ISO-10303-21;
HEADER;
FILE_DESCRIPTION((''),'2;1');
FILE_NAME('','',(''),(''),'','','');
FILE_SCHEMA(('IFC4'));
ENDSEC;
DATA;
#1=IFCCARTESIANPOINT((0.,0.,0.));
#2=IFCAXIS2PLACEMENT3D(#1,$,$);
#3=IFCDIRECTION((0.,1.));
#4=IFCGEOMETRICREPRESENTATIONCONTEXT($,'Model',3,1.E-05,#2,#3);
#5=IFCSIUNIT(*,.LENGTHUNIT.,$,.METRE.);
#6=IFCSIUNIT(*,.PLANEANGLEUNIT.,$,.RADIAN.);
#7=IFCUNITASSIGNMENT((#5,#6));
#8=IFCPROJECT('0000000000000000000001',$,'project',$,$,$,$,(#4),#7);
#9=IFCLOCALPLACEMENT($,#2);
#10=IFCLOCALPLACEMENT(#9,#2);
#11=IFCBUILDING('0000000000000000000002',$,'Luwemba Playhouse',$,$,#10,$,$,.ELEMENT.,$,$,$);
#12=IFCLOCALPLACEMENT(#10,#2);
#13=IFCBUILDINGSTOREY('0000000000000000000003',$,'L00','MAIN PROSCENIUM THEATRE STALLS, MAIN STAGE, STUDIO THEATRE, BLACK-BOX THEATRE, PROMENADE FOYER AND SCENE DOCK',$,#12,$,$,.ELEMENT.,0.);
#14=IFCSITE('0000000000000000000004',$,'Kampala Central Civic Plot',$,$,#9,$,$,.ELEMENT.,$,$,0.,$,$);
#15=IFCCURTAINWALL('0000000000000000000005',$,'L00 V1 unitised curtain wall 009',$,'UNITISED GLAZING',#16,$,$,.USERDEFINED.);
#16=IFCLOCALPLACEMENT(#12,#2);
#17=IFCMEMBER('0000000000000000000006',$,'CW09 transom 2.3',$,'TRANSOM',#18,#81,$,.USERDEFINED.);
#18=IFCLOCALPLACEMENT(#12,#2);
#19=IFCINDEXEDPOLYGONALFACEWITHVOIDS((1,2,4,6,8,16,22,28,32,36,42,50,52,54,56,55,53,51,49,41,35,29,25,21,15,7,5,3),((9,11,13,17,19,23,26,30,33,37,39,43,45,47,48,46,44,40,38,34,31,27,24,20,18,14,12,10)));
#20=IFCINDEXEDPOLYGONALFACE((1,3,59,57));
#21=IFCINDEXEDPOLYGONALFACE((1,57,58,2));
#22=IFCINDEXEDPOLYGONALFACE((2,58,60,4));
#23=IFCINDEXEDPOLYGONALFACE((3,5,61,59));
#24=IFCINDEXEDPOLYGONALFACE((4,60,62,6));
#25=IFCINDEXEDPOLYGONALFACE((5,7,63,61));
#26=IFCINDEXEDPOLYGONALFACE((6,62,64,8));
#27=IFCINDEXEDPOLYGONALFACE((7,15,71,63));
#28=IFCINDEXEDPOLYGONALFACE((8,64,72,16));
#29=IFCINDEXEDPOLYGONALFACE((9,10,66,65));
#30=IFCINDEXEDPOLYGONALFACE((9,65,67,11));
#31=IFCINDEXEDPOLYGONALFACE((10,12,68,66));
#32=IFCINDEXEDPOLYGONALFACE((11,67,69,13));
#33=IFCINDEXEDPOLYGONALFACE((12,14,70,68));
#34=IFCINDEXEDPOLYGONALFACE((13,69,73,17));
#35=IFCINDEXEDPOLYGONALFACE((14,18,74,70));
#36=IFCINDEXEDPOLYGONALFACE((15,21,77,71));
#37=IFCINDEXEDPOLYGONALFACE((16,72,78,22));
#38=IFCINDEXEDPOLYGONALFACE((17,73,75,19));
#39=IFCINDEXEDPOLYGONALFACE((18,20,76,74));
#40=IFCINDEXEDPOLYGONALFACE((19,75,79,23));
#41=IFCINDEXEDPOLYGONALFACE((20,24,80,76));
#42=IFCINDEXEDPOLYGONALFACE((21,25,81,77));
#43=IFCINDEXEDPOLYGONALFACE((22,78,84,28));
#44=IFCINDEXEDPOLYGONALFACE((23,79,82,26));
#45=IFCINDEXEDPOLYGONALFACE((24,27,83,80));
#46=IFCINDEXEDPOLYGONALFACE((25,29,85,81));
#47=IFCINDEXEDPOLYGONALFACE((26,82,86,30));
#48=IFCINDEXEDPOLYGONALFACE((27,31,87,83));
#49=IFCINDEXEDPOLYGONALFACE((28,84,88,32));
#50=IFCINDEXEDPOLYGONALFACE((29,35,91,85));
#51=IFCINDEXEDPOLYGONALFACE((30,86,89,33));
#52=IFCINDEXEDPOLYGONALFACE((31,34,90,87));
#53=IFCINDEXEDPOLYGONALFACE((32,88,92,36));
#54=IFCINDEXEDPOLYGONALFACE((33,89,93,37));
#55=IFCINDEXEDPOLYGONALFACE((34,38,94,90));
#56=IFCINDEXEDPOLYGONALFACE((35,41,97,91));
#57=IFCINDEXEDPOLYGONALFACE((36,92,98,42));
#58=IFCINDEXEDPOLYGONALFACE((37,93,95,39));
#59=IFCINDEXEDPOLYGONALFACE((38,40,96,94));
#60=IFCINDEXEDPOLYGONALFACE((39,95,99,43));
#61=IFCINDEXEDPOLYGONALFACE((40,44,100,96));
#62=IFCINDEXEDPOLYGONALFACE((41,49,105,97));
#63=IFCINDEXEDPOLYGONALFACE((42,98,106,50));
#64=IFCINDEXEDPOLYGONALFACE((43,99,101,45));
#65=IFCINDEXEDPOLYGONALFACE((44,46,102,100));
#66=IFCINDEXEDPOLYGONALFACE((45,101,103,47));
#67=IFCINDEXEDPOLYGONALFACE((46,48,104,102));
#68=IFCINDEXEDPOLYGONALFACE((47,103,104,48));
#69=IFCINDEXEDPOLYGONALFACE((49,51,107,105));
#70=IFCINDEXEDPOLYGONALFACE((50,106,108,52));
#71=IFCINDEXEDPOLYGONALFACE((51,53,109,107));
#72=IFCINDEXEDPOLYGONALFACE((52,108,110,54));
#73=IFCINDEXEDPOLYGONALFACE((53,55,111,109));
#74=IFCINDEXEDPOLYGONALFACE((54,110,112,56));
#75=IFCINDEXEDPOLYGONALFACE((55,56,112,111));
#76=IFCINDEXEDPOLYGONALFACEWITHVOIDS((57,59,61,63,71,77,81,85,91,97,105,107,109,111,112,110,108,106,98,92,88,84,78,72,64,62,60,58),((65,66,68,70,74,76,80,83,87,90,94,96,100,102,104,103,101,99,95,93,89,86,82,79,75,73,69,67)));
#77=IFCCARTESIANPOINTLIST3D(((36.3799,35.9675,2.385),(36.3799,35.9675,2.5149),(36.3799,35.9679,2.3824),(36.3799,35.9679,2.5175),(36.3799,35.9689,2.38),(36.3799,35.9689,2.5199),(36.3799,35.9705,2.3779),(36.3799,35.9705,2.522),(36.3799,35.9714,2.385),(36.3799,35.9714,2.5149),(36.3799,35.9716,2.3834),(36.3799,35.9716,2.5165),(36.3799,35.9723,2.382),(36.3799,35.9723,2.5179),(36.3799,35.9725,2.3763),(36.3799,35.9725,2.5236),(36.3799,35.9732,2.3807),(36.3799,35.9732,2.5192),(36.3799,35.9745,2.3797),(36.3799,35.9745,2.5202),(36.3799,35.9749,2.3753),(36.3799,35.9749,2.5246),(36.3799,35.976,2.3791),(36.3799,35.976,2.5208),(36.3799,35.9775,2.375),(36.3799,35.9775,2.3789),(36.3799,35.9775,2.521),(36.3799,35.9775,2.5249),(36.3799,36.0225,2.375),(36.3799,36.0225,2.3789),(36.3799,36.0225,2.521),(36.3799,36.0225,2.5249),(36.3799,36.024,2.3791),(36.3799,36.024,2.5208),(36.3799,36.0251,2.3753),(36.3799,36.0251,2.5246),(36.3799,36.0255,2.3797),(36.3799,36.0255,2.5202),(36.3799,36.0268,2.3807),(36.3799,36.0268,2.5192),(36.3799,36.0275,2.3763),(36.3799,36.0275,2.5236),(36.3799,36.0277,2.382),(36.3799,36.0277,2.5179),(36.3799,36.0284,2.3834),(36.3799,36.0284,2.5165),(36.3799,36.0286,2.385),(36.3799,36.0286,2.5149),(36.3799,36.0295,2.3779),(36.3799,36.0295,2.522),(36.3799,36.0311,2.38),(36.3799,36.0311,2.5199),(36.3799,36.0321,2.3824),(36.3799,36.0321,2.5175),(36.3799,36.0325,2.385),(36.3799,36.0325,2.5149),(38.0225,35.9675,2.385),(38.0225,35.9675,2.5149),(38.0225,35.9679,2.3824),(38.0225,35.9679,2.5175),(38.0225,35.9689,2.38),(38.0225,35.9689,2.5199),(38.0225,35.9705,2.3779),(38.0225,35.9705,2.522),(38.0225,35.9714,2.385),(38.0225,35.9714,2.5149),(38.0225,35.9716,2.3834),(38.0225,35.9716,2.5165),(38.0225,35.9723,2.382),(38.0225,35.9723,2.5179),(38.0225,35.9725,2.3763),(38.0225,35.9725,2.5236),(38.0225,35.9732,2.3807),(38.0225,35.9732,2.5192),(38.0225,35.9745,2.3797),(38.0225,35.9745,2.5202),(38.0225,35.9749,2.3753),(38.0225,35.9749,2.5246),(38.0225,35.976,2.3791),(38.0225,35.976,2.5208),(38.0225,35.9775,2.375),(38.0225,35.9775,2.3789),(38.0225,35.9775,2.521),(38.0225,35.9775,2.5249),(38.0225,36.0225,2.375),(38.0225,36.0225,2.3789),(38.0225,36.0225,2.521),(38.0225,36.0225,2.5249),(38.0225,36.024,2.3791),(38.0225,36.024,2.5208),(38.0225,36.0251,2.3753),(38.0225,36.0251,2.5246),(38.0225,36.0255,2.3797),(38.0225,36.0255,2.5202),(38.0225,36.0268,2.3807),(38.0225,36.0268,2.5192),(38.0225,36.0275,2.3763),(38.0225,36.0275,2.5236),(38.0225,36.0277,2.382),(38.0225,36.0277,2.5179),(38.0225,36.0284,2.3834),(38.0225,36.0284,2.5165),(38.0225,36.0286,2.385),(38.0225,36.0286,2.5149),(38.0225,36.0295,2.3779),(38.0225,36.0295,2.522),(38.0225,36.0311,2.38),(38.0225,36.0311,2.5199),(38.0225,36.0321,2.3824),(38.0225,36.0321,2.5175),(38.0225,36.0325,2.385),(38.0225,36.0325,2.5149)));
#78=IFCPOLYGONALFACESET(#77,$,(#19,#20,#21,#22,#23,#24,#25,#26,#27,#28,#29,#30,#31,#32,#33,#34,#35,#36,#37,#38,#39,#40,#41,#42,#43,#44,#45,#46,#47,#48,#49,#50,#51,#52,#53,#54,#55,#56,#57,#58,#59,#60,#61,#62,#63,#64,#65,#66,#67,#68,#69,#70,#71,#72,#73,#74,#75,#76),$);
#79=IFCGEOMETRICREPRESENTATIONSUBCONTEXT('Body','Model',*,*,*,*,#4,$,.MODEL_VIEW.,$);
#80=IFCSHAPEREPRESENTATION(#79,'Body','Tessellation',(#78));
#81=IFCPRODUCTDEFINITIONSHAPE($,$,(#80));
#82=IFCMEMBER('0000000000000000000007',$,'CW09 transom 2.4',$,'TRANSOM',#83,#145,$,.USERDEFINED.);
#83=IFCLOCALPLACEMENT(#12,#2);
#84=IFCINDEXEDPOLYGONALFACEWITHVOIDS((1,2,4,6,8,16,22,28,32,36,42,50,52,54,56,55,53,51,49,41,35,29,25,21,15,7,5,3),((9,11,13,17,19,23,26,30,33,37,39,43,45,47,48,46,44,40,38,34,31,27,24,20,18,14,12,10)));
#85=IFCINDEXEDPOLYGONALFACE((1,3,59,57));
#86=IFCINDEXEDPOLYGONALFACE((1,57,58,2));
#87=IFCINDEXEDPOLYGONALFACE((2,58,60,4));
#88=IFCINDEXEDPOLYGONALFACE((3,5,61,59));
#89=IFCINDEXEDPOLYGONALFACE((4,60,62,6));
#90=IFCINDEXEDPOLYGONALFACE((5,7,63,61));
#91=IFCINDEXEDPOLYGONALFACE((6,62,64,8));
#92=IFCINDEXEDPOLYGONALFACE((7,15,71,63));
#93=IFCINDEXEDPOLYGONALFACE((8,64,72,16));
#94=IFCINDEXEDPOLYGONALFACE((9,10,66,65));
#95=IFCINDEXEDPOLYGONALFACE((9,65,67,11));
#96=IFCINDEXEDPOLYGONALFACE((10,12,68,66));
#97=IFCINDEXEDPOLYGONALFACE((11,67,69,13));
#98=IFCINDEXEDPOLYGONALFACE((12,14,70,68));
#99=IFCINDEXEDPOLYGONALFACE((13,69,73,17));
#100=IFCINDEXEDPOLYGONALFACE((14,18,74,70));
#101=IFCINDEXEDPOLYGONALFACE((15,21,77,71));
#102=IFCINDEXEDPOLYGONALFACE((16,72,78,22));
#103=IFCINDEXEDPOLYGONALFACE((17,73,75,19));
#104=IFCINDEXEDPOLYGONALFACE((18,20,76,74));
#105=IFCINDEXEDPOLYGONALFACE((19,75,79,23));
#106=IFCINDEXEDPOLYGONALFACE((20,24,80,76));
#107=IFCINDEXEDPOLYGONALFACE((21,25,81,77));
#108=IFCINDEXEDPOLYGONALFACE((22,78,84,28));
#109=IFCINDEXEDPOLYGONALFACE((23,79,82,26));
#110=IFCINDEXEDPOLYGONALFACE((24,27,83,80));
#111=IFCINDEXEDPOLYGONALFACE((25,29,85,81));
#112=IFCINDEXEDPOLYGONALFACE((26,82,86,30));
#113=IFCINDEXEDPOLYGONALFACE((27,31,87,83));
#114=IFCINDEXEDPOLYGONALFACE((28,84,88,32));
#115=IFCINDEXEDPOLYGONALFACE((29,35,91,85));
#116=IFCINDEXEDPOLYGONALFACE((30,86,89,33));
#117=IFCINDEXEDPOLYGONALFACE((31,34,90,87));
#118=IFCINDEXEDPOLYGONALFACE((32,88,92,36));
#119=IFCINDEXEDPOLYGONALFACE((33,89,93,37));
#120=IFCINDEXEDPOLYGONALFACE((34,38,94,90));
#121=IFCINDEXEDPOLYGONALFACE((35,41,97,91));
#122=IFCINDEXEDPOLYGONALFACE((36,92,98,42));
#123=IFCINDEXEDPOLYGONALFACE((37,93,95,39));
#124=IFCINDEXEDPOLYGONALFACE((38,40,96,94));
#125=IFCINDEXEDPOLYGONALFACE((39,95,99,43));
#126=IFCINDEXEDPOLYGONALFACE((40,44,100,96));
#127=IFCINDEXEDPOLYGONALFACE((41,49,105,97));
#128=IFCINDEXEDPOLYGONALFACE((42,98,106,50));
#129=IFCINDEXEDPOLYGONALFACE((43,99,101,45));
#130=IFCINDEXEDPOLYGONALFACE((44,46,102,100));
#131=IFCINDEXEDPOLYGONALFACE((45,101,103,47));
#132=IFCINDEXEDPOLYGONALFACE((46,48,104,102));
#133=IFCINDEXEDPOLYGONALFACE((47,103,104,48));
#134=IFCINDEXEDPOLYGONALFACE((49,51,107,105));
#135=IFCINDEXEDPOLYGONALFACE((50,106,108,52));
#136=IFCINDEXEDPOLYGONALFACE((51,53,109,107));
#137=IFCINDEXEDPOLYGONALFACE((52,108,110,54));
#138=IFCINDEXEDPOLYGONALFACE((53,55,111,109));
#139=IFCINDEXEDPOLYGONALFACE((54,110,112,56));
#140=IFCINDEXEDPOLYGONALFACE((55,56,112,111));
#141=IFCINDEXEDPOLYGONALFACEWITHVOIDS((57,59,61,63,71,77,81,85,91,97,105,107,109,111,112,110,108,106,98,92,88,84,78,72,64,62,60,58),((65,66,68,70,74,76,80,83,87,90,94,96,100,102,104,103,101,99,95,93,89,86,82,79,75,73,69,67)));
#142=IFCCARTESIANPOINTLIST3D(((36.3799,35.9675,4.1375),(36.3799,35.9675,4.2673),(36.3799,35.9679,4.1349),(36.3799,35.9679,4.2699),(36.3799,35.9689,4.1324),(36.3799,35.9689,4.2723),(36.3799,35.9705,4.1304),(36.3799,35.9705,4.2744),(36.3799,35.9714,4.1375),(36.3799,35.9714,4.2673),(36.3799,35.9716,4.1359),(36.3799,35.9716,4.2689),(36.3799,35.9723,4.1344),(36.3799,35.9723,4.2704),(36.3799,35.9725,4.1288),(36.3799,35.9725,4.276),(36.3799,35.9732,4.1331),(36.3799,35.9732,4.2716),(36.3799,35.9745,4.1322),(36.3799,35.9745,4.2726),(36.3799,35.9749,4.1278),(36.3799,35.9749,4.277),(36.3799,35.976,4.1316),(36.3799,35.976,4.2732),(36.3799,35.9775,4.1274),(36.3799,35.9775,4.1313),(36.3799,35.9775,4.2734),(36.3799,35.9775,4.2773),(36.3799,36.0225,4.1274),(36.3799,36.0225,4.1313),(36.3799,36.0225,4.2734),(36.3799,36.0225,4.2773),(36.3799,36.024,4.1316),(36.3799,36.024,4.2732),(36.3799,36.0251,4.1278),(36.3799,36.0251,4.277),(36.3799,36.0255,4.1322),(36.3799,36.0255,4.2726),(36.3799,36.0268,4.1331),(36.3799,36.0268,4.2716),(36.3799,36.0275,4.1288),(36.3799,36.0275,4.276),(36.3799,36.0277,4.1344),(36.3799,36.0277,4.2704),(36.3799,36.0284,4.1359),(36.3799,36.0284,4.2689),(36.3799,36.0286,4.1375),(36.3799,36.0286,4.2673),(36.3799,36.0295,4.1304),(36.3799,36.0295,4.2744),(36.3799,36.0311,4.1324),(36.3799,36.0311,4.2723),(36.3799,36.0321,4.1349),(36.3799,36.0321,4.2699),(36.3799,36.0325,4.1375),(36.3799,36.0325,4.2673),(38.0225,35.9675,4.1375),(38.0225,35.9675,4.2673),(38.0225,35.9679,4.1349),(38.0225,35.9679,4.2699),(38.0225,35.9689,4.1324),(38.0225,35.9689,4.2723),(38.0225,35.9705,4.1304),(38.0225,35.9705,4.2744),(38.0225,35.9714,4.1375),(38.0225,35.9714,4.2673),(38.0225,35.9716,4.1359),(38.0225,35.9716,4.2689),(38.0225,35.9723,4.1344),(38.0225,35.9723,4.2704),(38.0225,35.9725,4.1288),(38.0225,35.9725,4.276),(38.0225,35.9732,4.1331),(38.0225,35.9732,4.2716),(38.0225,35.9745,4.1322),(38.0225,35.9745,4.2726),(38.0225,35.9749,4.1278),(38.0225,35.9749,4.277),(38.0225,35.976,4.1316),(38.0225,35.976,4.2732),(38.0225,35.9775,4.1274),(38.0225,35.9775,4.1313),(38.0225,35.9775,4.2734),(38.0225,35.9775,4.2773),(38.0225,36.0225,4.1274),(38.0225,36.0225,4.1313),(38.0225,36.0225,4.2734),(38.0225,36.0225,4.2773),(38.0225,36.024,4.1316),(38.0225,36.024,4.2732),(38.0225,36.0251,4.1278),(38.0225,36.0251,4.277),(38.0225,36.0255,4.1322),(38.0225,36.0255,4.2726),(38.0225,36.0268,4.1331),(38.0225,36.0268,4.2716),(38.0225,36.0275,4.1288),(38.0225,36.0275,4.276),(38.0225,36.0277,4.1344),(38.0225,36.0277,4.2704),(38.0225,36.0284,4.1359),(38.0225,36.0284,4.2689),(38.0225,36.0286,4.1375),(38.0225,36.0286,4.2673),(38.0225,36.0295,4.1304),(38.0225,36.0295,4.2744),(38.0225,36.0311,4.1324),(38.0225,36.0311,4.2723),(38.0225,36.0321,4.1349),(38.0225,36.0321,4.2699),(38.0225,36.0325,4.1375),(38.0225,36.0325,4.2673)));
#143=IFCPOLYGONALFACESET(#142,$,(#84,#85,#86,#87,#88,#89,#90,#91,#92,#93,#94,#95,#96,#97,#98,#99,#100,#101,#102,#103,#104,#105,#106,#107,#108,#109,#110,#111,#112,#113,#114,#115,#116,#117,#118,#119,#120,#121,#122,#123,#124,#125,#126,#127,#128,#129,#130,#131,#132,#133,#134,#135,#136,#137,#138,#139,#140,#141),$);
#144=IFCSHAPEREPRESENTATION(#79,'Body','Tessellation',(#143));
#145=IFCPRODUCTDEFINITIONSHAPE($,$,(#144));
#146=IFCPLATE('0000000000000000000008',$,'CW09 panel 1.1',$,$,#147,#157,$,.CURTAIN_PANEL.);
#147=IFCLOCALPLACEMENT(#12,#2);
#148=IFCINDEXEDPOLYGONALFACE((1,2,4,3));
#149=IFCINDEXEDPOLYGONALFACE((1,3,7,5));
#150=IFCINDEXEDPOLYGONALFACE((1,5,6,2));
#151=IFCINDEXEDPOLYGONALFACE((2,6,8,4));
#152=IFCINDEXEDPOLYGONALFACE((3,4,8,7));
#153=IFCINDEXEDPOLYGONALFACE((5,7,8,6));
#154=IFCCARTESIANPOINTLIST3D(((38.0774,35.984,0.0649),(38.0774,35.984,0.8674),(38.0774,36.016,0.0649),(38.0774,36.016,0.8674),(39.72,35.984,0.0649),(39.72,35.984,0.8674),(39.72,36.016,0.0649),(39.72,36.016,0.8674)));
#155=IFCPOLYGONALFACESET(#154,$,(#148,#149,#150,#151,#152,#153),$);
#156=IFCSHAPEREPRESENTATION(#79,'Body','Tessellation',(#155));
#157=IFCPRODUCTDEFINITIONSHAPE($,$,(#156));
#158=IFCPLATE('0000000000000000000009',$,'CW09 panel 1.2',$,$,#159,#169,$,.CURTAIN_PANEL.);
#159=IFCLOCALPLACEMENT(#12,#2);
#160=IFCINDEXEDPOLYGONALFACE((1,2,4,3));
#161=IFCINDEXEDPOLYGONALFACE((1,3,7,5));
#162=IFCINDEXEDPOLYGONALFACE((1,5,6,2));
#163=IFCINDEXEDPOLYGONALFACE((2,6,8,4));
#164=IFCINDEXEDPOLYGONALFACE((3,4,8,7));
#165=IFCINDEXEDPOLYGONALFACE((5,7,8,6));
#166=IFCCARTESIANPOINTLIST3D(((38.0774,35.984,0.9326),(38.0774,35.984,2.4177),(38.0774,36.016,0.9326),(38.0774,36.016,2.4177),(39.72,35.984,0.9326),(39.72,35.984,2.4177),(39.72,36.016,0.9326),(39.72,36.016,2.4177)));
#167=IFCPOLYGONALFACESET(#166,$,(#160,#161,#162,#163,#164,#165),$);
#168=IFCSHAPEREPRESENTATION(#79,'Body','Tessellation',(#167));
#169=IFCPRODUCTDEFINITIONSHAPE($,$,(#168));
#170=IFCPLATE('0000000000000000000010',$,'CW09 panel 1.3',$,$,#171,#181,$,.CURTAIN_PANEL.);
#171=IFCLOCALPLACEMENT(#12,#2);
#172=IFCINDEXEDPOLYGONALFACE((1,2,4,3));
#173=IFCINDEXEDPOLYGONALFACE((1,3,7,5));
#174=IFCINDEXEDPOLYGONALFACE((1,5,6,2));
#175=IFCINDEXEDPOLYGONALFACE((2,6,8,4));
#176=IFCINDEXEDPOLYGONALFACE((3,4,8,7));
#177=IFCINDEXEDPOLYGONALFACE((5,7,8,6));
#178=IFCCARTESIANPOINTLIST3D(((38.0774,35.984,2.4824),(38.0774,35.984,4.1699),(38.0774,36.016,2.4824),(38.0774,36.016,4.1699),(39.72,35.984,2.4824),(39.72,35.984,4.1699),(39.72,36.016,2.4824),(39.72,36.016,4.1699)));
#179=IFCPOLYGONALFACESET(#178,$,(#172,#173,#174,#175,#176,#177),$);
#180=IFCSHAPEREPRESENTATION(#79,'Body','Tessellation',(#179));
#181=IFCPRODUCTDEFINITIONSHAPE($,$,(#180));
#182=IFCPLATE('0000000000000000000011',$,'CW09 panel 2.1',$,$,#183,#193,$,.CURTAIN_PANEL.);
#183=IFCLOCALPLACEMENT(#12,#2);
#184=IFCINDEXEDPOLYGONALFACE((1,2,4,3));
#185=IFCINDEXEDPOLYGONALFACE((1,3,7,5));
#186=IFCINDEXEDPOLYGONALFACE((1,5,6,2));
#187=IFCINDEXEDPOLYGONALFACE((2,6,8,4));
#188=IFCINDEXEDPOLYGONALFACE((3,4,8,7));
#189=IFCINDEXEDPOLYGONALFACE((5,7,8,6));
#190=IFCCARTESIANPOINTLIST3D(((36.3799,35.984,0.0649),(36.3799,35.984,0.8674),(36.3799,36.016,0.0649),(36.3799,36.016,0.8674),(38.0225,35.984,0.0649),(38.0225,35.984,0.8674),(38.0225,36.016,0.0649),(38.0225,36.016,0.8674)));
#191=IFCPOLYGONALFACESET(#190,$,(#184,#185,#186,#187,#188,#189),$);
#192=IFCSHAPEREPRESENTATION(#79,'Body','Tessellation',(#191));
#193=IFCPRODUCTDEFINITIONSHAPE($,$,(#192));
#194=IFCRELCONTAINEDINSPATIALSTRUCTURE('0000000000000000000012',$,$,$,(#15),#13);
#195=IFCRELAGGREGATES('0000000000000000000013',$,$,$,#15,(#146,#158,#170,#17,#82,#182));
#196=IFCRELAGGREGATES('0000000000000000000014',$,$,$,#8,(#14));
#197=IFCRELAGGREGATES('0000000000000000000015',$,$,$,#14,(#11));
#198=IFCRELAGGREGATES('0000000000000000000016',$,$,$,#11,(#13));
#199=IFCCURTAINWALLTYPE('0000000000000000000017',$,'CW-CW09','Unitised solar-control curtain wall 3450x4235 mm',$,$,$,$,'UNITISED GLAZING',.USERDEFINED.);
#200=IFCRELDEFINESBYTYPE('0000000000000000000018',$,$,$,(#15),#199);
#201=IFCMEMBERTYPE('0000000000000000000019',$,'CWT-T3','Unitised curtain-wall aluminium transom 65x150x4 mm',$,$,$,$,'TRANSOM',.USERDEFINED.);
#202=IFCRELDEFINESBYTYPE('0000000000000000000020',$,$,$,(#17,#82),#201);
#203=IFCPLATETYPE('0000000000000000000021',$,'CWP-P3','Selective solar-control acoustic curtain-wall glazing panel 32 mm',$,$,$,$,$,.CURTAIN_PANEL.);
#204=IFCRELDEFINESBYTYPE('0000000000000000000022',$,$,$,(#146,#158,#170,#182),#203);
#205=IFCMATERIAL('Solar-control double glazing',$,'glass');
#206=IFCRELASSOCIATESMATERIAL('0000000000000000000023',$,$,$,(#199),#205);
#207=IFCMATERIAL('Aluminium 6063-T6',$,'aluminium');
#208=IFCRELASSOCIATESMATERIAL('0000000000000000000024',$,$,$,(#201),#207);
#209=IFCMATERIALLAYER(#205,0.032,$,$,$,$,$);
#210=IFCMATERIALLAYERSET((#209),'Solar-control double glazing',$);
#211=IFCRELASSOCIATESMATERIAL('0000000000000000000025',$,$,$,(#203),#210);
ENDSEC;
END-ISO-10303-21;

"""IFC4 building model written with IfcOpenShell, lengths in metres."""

from ifc_helpers import new_model, si_unit, direction, frame, origin, origin_2d, place, context, subcontext, project, spatial, rectangle, hollow_rectangle, extrude, material, layer, layer_set, material_profile, profile_set, type_object, element, aggregate, save


model = new_model("IFC4")

# Units and contexts
model_context = context("Model", 3, precision=1e-05, world=origin(), true_north=direction((0.0, 1.0)))
body_context = subcontext(model_context, "Body", "Model", "MODEL_VIEW")
ifc_project = project(units=[si_unit("LENGTHUNIT", "METRE"), si_unit("PLANEANGLEUNIT", "RADIAN")], contexts=[model_context])

# Site, building, storey
site_placement = place(None, origin())
site = spatial("IfcSite", under=ifc_project, at=site_placement, Name="Kampala Central Civic Plot", CompositionType="ELEMENT", RefElevation=0.0)
building_placement = place(site_placement, origin())
building = spatial("IfcBuilding", under=site, at=building_placement, Name="Luwemba Playhouse", CompositionType="ELEMENT")
storey_placement = place(building_placement, origin())
storey = spatial("IfcBuildingStorey", under=building, at=storey_placement, Name="L00", Description="MAIN PROSCENIUM THEATRE STALLS, MAIN STAGE, STUDIO THEATRE, BLACK-BOX THEATRE, PROMENADE FOYER AND SCENE DOCK", CompositionType="ELEMENT", Elevation=0.0)

# Curtain wall, members, plates
ifc_material_1 = material(Name="Solar-control double glazing", Category="glass")
curtain_wall_type = type_object("IfcCurtainWallType", Name="CW-CW09", Description="Unitised solar-control curtain wall 3450x4235 mm", ElementType="UNITISED GLAZING", PredefinedType="USERDEFINED", material=ifc_material_1)
curtain_wall_placement = place(storey_placement, origin())
curtain_wall = element("IfcCurtainWall", 1, at=curtain_wall_placement, inside=storey, type_object=curtain_wall_type, Name="L00 V1 unitised curtain wall 009", ObjectType="UNITISED GLAZING", PredefinedType="USERDEFINED")
ifc_material_2 = material(Name="Aluminium 6063-T6", Category="aluminium")
ifc_material_profile_1 = material_profile(ifc_material_2, hollow_rectangle(XDim=0.0649, YDim=0.1499, WallThickness=0.0039, InnerFilletRadius=0.0061, OuterFilletRadius=0.01, at=origin_2d()))
ifc_profile_set_1 = profile_set([ifc_material_profile_1], Name="Aluminium 6063-T6")
member_type_1 = type_object("IfcMemberType", Name="CWT-T3", Description="Unitised curtain-wall aluminium transom 65x150x4 mm", ElementType="TRANSOM", PredefinedType="USERDEFINED", material=ifc_profile_set_1)
member_1_placement = place(storey_placement, frame((38.0225, 36.0, 2.45), z_axis=(-1.0, 0.0, 0.0), x_axis=(0.0, -1.0, 0.0)))
member_1 = element("IfcMember", 2, at=member_1_placement, type_object=member_type_1, Name="CW09 transom 2.3", ObjectType="TRANSOM", PredefinedType="USERDEFINED", context=body_context, shape_type="SweptSolid", body=[
    extrude(hollow_rectangle(XDim=0.0649, YDim=0.1499, WallThickness=0.0039, InnerFilletRadius=0.0061, OuterFilletRadius=0.01, at=origin_2d()), origin(), (0.0, 0.0, 1.0), 1.6426),
])
member_2_placement = place(storey_placement, frame((38.0225, 36.0, 4.2024), z_axis=(-1.0, 0.0, 0.0), x_axis=(0.0, -1.0, 0.0)))
member_2 = element("IfcMember", 3, at=member_2_placement, type_object=member_type_1, Name="CW09 transom 2.4", ObjectType="TRANSOM", PredefinedType="USERDEFINED", context=body_context, shape_type="SweptSolid", body=[
    extrude(hollow_rectangle(XDim=0.0649, YDim=0.1499, WallThickness=0.0039, InnerFilletRadius=0.0061, OuterFilletRadius=0.01, at=origin_2d()), origin(), (0.0, 0.0, 1.0), 1.6426),
])
ifc_layer_1 = layer(ifc_material_1, 0.032)
ifc_layer_set_1 = layer_set([ifc_layer_1], Name="Solar-control double glazing")
plate_type = type_object("IfcPlateType", Name="CWP-P3", Description="Selective solar-control acoustic curtain-wall glazing panel 32 mm", PredefinedType="CURTAIN_PANEL", material=ifc_layer_set_1)
plate_1_placement = place(storey_placement, frame((38.8987, 36.0, 0.0649), z_axis=(0.0, 0.0, 1.0), x_axis=(-1.0, 0.0, 0.0)))
plate_1 = element("IfcPlate", 4, at=plate_1_placement, type_object=plate_type, Name="CW09 panel 1.1", PredefinedType="CURTAIN_PANEL", context=body_context, shape_type="SweptSolid", body=[
    extrude(rectangle(XDim=1.6426, YDim=0.032, at=origin_2d()), origin(), (0.0, 0.0, 1.0), 0.8025),
])
plate_2_placement = place(storey_placement, frame((38.8987, 36.0, 0.9326), z_axis=(0.0, 0.0, 1.0), x_axis=(-1.0, 0.0, 0.0)))
plate_2 = element("IfcPlate", 5, at=plate_2_placement, type_object=plate_type, Name="CW09 panel 1.2", PredefinedType="CURTAIN_PANEL", context=body_context, shape_type="SweptSolid", body=[
    extrude(rectangle(XDim=1.6426, YDim=0.032, at=origin_2d()), origin(), (0.0, 0.0, 1.0), 1.4851),
])
plate_3_placement = place(storey_placement, frame((38.8987, 36.0, 2.4824), z_axis=(0.0, 0.0, 1.0), x_axis=(-1.0, 0.0, 0.0)))
plate_3 = element("IfcPlate", 6, at=plate_3_placement, type_object=plate_type, Name="CW09 panel 1.3", PredefinedType="CURTAIN_PANEL", context=body_context, shape_type="SweptSolid", body=[
    extrude(rectangle(XDim=1.6426, YDim=0.032, at=origin_2d()), origin(), (0.0, 0.0, 1.0), 1.6875),
])
plate_4_placement = place(storey_placement, frame((37.2012, 36.0, 0.0649), z_axis=(0.0, 0.0, 1.0), x_axis=(-1.0, 0.0, 0.0)))
plate_4 = element("IfcPlate", 7, at=plate_4_placement, type_object=plate_type, Name="CW09 panel 2.1", PredefinedType="CURTAIN_PANEL", context=body_context, shape_type="SweptSolid", body=[
    extrude(rectangle(XDim=1.6426, YDim=0.032, at=origin_2d()), origin(), (0.0, 0.0, 1.0), 0.8025),
])
aggregate(curtain_wall, [plate_1, plate_2, plate_3, member_1, member_2, plate_4])

save(model, "model.ifc")
